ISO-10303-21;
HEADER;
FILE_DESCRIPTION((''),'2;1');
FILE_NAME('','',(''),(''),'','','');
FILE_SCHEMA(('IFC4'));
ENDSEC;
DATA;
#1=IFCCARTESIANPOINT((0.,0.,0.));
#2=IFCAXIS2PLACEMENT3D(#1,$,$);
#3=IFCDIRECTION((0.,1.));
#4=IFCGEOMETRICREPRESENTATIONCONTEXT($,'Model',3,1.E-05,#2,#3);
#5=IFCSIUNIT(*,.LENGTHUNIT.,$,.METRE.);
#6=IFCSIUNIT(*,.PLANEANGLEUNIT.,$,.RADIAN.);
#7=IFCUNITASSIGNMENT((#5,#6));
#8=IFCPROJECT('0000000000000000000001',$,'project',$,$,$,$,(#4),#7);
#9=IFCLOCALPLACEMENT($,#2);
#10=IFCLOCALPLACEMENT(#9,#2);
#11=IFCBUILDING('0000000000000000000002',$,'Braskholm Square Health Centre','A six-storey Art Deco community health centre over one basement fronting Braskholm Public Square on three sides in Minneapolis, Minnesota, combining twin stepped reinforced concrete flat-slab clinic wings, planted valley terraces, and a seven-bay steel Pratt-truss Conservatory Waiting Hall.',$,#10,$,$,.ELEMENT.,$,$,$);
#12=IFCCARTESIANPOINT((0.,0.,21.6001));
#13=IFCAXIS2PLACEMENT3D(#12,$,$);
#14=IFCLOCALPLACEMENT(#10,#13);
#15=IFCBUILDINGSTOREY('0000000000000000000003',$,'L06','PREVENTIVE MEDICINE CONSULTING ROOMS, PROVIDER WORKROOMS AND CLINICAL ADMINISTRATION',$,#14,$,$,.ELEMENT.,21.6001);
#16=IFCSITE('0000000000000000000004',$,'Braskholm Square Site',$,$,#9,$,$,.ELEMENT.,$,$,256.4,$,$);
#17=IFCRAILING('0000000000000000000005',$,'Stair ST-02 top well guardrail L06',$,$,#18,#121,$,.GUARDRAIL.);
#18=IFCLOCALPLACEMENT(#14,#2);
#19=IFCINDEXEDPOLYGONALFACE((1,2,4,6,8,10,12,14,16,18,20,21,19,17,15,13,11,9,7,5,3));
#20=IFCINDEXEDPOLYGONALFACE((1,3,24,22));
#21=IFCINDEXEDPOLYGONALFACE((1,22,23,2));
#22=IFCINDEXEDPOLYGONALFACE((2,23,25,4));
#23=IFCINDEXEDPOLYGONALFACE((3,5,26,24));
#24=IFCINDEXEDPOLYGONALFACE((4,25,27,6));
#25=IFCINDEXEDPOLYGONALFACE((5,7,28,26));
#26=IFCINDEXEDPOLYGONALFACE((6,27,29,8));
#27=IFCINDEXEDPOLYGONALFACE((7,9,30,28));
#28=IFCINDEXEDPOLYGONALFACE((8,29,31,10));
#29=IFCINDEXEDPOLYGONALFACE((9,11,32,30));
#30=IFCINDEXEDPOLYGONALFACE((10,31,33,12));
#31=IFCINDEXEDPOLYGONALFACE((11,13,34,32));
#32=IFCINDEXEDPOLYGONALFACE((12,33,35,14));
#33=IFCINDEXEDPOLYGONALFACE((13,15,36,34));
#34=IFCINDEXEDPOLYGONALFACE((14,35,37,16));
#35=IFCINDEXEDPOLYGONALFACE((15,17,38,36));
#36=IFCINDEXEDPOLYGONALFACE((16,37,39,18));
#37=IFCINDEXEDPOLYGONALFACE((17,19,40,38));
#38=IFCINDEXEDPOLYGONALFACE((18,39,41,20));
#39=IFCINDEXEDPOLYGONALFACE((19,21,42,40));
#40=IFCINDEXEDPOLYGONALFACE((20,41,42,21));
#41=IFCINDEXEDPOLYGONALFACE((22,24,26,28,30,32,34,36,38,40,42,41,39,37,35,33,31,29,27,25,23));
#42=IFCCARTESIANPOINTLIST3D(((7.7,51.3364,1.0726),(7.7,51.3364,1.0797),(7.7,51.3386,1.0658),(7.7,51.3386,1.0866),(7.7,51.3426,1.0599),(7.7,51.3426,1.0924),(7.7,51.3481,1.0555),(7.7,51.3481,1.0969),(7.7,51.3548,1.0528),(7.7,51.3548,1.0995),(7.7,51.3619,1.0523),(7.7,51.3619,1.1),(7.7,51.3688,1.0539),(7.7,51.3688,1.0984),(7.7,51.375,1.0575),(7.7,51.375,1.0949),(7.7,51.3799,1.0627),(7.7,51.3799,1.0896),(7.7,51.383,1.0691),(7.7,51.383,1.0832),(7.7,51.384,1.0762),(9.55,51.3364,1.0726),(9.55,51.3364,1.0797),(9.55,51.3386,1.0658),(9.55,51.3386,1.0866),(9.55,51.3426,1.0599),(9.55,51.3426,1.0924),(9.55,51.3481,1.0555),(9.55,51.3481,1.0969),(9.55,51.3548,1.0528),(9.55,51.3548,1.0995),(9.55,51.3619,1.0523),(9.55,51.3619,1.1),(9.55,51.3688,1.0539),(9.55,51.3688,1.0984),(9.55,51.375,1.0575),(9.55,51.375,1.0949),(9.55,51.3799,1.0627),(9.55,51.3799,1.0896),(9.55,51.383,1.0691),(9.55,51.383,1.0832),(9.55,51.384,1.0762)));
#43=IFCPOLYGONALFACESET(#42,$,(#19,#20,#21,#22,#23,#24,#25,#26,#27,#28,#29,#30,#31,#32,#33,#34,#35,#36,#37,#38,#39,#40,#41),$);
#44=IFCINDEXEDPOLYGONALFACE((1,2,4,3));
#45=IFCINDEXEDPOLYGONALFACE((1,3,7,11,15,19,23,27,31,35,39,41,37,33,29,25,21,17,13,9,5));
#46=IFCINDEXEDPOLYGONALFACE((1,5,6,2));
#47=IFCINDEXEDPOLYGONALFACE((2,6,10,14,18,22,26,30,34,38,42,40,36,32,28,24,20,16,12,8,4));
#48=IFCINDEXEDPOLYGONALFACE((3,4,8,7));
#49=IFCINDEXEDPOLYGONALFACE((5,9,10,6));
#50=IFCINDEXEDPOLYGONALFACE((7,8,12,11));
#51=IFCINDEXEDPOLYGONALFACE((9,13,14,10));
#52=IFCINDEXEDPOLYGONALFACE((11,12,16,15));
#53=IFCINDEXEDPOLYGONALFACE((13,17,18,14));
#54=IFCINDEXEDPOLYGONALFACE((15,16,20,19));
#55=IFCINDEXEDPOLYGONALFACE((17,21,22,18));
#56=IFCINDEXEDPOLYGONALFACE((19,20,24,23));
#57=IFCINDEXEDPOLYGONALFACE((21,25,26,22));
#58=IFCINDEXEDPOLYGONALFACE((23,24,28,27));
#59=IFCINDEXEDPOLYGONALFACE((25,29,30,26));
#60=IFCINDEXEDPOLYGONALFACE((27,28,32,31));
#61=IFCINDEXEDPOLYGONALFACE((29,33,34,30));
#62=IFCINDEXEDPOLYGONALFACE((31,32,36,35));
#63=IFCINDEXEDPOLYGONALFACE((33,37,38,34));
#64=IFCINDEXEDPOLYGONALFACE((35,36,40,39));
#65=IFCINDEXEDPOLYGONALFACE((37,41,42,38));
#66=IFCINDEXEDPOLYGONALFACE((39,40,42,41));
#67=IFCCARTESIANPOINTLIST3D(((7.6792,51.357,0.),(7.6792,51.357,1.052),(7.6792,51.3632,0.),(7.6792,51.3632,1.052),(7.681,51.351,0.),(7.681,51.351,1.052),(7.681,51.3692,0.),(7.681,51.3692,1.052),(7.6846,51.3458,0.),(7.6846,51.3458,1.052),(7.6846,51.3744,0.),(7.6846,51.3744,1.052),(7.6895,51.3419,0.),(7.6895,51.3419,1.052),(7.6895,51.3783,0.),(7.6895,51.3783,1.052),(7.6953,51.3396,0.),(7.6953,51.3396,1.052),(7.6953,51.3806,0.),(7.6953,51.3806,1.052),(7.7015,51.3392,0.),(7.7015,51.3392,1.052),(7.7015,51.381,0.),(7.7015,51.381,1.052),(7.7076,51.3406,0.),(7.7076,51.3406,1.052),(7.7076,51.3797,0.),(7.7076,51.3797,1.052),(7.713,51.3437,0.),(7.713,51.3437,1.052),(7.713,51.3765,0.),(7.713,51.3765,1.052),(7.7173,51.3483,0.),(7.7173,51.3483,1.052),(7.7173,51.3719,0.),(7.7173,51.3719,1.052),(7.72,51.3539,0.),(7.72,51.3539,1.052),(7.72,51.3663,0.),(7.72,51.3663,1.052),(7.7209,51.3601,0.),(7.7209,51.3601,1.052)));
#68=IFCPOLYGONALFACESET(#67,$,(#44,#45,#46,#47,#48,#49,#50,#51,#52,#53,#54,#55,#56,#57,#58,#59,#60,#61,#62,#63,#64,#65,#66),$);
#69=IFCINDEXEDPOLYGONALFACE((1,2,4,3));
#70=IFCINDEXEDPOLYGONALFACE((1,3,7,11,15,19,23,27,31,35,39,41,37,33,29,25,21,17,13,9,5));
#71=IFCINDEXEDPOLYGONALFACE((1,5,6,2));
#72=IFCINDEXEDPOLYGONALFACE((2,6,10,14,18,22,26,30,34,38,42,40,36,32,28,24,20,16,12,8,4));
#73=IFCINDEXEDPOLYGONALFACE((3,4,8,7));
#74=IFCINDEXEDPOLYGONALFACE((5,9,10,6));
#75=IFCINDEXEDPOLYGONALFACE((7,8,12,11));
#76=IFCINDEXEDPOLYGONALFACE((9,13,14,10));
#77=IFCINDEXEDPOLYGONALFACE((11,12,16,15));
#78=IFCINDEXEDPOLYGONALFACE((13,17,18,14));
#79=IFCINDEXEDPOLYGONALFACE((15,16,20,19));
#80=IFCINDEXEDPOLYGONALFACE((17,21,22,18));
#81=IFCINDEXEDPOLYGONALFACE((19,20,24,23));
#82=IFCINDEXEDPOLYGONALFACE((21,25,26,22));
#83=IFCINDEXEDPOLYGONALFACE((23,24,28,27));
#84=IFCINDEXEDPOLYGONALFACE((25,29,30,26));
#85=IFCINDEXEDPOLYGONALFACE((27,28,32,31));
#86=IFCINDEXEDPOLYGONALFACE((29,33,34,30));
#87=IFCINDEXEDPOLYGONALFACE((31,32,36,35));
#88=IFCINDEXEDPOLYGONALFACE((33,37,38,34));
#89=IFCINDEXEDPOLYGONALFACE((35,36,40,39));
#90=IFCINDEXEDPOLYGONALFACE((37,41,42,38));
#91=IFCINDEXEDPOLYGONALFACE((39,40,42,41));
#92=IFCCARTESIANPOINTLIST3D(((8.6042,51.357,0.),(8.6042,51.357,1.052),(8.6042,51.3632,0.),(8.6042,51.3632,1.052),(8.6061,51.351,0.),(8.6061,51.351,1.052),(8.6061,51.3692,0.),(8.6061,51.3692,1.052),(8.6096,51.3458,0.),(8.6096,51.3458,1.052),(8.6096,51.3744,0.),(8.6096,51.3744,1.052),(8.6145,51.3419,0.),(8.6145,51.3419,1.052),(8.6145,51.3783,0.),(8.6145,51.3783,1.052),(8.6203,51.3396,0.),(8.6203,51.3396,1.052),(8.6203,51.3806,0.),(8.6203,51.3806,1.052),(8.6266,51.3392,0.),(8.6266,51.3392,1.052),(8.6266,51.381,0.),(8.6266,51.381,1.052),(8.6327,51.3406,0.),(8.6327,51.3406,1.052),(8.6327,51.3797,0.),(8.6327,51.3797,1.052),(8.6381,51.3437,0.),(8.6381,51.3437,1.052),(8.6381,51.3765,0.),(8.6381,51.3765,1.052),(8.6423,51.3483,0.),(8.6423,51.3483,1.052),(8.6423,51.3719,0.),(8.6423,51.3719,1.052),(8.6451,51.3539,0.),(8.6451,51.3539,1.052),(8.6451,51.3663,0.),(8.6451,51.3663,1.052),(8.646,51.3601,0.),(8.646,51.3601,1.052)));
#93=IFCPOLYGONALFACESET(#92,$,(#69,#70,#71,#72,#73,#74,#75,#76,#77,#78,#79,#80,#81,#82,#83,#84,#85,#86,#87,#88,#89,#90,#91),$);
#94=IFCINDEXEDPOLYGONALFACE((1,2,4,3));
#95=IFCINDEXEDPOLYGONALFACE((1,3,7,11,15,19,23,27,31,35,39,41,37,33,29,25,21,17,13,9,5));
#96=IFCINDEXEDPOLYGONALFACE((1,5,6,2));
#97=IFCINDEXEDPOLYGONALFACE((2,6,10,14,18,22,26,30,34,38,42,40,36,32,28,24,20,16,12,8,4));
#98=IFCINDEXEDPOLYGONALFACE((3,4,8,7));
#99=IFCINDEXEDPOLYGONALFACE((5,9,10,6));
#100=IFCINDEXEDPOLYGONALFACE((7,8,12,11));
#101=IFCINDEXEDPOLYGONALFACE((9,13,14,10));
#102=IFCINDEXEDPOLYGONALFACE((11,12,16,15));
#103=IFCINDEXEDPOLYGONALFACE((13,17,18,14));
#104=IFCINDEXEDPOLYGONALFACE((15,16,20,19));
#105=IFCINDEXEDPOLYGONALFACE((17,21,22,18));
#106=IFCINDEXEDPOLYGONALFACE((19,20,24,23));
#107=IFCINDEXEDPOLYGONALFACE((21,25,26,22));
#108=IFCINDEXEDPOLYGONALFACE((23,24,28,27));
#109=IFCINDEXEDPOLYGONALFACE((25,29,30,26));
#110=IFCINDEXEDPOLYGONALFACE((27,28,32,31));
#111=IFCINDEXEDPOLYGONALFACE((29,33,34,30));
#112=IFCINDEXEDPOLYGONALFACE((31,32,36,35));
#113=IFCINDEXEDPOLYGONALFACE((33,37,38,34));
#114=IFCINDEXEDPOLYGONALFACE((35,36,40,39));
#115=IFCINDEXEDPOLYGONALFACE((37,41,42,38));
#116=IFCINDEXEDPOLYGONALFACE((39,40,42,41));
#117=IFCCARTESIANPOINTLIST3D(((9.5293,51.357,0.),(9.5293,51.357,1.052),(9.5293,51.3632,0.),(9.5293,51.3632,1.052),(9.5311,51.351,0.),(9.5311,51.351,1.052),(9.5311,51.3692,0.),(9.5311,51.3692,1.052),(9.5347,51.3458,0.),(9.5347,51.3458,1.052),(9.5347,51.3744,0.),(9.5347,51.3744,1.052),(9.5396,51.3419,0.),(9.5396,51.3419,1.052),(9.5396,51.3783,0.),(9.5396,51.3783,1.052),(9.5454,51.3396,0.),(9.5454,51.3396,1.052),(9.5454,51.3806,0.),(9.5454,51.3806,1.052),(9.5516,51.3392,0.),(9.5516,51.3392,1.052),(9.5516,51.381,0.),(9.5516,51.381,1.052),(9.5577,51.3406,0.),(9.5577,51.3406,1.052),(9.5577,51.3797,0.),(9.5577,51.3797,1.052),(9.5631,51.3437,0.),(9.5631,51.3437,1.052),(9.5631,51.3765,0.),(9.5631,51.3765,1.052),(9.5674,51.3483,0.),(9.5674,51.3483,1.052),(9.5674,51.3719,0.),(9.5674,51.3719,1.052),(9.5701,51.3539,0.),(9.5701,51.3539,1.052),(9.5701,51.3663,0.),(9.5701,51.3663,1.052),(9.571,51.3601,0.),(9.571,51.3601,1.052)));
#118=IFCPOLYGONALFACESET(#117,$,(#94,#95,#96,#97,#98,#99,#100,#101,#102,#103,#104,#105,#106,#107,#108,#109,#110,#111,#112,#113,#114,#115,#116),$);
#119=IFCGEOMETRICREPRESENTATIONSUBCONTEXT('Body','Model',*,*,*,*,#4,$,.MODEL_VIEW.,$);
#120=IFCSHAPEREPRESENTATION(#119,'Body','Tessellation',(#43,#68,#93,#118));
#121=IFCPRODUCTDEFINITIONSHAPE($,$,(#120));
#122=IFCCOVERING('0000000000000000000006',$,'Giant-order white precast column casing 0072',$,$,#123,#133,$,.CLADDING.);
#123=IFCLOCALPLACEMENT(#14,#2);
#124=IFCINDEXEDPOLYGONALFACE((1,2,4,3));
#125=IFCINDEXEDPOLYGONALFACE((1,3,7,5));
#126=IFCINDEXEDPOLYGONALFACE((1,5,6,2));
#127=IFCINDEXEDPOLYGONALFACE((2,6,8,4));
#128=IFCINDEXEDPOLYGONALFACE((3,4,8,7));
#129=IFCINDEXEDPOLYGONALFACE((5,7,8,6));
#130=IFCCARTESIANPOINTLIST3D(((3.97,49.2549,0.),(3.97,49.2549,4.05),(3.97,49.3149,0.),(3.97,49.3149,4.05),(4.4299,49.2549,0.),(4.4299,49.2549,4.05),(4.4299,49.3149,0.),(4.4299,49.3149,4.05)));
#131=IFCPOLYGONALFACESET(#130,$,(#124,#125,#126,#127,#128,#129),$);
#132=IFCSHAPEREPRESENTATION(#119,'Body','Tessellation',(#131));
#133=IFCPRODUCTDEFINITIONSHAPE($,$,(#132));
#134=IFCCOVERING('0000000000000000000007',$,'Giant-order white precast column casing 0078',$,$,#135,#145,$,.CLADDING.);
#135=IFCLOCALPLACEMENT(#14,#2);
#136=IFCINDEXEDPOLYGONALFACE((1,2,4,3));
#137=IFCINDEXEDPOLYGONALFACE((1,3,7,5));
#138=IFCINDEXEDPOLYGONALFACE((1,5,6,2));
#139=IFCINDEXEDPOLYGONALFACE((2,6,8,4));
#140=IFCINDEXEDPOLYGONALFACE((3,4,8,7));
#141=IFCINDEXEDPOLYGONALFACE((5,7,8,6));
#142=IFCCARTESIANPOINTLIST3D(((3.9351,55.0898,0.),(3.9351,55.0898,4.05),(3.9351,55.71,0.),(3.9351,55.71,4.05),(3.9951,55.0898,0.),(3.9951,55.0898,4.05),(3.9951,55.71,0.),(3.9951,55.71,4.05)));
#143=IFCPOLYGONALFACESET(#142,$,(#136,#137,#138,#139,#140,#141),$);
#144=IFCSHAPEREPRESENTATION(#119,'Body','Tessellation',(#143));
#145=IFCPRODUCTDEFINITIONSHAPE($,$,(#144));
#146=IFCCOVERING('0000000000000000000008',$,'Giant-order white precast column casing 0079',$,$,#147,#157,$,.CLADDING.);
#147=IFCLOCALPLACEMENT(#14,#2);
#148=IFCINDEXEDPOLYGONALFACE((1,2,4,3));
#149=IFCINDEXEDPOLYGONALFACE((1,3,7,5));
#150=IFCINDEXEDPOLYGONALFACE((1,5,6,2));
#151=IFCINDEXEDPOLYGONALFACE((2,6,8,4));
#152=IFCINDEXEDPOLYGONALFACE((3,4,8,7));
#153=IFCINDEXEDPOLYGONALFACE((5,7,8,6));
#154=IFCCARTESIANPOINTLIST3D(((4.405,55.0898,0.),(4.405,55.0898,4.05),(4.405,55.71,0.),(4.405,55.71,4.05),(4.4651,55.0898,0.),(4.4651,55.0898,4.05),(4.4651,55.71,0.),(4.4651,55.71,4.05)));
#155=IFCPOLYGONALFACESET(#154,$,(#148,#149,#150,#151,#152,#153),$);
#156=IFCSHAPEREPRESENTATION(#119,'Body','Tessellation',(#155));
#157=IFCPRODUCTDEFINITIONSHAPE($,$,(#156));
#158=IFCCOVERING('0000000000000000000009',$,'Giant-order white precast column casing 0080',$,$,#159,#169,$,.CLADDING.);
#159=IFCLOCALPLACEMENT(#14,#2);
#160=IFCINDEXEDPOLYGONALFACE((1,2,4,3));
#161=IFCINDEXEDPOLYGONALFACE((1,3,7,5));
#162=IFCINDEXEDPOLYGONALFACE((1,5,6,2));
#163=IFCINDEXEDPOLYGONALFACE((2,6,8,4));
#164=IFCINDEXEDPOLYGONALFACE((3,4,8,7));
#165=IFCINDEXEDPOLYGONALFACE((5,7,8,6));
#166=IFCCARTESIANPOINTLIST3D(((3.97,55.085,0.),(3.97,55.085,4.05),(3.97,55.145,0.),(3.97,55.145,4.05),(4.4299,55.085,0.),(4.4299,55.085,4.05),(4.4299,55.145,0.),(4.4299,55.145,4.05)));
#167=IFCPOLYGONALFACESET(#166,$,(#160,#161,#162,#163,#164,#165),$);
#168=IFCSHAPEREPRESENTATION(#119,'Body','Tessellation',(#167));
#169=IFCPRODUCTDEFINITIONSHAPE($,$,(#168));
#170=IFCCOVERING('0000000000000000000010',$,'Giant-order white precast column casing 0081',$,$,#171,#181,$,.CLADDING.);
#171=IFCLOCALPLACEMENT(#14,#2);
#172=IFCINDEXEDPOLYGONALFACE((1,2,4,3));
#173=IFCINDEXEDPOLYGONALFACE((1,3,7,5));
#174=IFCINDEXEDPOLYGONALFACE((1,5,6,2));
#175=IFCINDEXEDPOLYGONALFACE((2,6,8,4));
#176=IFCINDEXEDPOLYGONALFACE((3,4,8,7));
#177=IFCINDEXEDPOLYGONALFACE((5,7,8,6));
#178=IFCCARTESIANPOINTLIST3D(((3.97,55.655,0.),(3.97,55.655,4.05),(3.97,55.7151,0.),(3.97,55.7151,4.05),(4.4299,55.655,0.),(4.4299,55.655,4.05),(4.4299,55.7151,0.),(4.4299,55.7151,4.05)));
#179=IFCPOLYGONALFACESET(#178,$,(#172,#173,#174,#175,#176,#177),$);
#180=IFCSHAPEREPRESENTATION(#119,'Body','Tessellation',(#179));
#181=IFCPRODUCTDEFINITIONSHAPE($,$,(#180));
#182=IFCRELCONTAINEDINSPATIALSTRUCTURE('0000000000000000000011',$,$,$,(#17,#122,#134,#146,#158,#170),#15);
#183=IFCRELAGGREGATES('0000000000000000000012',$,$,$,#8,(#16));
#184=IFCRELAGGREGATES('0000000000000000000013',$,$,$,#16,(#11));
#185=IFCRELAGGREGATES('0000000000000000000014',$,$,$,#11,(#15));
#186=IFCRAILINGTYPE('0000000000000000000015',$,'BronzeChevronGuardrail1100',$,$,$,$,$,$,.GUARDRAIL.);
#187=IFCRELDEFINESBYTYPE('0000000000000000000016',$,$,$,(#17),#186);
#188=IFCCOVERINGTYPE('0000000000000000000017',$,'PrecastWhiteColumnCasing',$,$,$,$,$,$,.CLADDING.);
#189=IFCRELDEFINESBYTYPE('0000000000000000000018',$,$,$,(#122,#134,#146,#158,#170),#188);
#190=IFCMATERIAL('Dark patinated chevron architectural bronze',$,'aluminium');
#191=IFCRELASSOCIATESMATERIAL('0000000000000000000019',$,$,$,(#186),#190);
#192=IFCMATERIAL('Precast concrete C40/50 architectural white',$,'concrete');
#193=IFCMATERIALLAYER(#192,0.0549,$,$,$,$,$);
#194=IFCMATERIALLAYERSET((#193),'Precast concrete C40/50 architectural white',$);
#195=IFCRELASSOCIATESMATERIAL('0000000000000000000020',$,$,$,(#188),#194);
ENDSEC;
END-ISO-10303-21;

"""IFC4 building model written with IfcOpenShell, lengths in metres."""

from ifc_helpers import new_model, si_unit, direction, frame, origin, origin_2d, place, context, subcontext, project, spatial, rectangle, circle, extrude, material, layer, layer_set, type_object, element, save


model = new_model("IFC4")

# Units and contexts
model_context = context("Model", 3, precision=1e-05, world=origin(), true_north=direction((0.0, 1.0)))
body_context = subcontext(model_context, "Body", "Model", "MODEL_VIEW")
ifc_project = project(units=[si_unit("LENGTHUNIT", "METRE"), si_unit("PLANEANGLEUNIT", "RADIAN")], contexts=[model_context])

# Site, building, storey
site_placement = place(None, origin())
site = spatial("IfcSite", under=ifc_project, at=site_placement, Name="Braskholm Square Site", CompositionType="ELEMENT", RefElevation=256.4)
building_placement = place(site_placement, origin())
building = spatial("IfcBuilding", under=site, at=building_placement, Name="Braskholm Square Health Centre", Description="A six-storey Art Deco community health centre over one basement fronting Braskholm Public Square on three sides in Minneapolis, Minnesota, combining twin stepped reinforced concrete flat-slab clinic wings, planted valley terraces, and a seven-bay steel Pratt-truss Conservatory Waiting Hall.", CompositionType="ELEMENT")
storey_placement = place(building_placement, frame((0.0, 0.0, 21.6001)))
storey = spatial("IfcBuildingStorey", under=building, at=storey_placement, Name="L06", Description="PREVENTIVE MEDICINE CONSULTING ROOMS, PROVIDER WORKROOMS AND CLINICAL ADMINISTRATION", CompositionType="ELEMENT", Elevation=21.6001)

# Shared definitions
ifc_material_1 = material(Name="Precast concrete C40/50 architectural white", Category="concrete")

# Railing
ifc_material_2 = material(Name="Dark patinated chevron architectural bronze", Category="aluminium")
railing_type = type_object("IfcRailingType", Name="BronzeChevronGuardrail1100", PredefinedType="GUARDRAIL", material=ifc_material_2)
railing_placement = place(storey_placement, frame((7.7, 51.3601, 0.0)))
element("IfcRailing", 1, at=railing_placement, inside=storey, type_object=railing_type, Name="Stair ST-02 top well guardrail L06", PredefinedType="GUARDRAIL", context=body_context, shape_type="SweptSolid", body=[
    extrude(circle(Radius=0.0239, at=origin_2d()), frame((0.0, 0.0, 1.0762), z_axis=(1.0, 0.0, 0.0), x_axis=(0.0, 1.0, 0.0)), (0.0, 0.0, 1.0), 1.8501),
    extrude(circle(Radius=0.021, at=origin_2d()), origin(), (0.0, 0.0, 1.0), 1.052),
    extrude(circle(Radius=0.021, at=origin_2d()), frame((0.925, 0.0, 0.0)), (0.0, 0.0, 1.0), 1.052),
    extrude(circle(Radius=0.021, at=origin_2d()), frame((1.8501, 0.0, 0.0)), (0.0, 0.0, 1.0), 1.052),
])

# Coverings
ifc_layer_1 = layer(ifc_material_1, 0.0549)
ifc_layer_set_1 = layer_set([ifc_layer_1], Name="Precast concrete C40/50 architectural white")
covering_type = type_object("IfcCoveringType", Name="PrecastWhiteColumnCasing", PredefinedType="CLADDING", material=ifc_layer_set_1)
covering_placement = place(storey_placement, frame((4.2, 49.2849, 0.0), z_axis=(0.0, 0.0, 1.0), x_axis=(1.0, 0.0, 0.0)))
element("IfcCovering", 2, at=covering_placement, inside=storey, type_object=covering_type, Name="Giant-order white precast column casing 0072", PredefinedType="CLADDING", context=body_context, shape_type="SweptSolid", body=[
    extrude(rectangle(XDim=0.46, YDim=0.0601, at=origin_2d()), origin(), (0.0, 0.0, 1.0), 4.05),
])
for number, where, z_axis, x_axis, name in (
    (3, (3.9651, 55.3999, 0.0), (0.0, 0.0, 1.0), (1.0, 0.0, 0.0), "Giant-order white precast column casing 0078"),
    (4, (4.4351, 55.3999, 0.0), (0.0, 0.0, 1.0), (1.0, 0.0, 0.0), "Giant-order white precast column casing 0079"),
):
    element("IfcCovering", number, at=place(storey_placement, frame(where, z_axis=z_axis, x_axis=x_axis)), inside=storey, type_object=covering_type, Name=name, PredefinedType="CLADDING", context=body_context, shape_type="SweptSolid", body=[
        extrude(rectangle(XDim=0.0601, YDim=0.6201, at=origin_2d()), origin(), (0.0, 0.0, 1.0), 4.05),
    ])
for number, where, z_axis, x_axis, name in (
    (5, (4.2, 55.115, 0.0), (0.0, 0.0, 1.0), (1.0, 0.0, 0.0), "Giant-order white precast column casing 0080"),
    (6, (4.2, 55.6851, 0.0), (0.0, 0.0, 1.0), (1.0, 0.0, 0.0), "Giant-order white precast column casing 0081"),
):
    element("IfcCovering", number, at=place(storey_placement, frame(where, z_axis=z_axis, x_axis=x_axis)), inside=storey, type_object=covering_type, Name=name, PredefinedType="CLADDING", context=body_context, shape_type="SweptSolid", body=[
        extrude(rectangle(XDim=0.46, YDim=0.0601, at=origin_2d()), origin(), (0.0, 0.0, 1.0), 4.05),
    ])

save(model, "model.ifc")
